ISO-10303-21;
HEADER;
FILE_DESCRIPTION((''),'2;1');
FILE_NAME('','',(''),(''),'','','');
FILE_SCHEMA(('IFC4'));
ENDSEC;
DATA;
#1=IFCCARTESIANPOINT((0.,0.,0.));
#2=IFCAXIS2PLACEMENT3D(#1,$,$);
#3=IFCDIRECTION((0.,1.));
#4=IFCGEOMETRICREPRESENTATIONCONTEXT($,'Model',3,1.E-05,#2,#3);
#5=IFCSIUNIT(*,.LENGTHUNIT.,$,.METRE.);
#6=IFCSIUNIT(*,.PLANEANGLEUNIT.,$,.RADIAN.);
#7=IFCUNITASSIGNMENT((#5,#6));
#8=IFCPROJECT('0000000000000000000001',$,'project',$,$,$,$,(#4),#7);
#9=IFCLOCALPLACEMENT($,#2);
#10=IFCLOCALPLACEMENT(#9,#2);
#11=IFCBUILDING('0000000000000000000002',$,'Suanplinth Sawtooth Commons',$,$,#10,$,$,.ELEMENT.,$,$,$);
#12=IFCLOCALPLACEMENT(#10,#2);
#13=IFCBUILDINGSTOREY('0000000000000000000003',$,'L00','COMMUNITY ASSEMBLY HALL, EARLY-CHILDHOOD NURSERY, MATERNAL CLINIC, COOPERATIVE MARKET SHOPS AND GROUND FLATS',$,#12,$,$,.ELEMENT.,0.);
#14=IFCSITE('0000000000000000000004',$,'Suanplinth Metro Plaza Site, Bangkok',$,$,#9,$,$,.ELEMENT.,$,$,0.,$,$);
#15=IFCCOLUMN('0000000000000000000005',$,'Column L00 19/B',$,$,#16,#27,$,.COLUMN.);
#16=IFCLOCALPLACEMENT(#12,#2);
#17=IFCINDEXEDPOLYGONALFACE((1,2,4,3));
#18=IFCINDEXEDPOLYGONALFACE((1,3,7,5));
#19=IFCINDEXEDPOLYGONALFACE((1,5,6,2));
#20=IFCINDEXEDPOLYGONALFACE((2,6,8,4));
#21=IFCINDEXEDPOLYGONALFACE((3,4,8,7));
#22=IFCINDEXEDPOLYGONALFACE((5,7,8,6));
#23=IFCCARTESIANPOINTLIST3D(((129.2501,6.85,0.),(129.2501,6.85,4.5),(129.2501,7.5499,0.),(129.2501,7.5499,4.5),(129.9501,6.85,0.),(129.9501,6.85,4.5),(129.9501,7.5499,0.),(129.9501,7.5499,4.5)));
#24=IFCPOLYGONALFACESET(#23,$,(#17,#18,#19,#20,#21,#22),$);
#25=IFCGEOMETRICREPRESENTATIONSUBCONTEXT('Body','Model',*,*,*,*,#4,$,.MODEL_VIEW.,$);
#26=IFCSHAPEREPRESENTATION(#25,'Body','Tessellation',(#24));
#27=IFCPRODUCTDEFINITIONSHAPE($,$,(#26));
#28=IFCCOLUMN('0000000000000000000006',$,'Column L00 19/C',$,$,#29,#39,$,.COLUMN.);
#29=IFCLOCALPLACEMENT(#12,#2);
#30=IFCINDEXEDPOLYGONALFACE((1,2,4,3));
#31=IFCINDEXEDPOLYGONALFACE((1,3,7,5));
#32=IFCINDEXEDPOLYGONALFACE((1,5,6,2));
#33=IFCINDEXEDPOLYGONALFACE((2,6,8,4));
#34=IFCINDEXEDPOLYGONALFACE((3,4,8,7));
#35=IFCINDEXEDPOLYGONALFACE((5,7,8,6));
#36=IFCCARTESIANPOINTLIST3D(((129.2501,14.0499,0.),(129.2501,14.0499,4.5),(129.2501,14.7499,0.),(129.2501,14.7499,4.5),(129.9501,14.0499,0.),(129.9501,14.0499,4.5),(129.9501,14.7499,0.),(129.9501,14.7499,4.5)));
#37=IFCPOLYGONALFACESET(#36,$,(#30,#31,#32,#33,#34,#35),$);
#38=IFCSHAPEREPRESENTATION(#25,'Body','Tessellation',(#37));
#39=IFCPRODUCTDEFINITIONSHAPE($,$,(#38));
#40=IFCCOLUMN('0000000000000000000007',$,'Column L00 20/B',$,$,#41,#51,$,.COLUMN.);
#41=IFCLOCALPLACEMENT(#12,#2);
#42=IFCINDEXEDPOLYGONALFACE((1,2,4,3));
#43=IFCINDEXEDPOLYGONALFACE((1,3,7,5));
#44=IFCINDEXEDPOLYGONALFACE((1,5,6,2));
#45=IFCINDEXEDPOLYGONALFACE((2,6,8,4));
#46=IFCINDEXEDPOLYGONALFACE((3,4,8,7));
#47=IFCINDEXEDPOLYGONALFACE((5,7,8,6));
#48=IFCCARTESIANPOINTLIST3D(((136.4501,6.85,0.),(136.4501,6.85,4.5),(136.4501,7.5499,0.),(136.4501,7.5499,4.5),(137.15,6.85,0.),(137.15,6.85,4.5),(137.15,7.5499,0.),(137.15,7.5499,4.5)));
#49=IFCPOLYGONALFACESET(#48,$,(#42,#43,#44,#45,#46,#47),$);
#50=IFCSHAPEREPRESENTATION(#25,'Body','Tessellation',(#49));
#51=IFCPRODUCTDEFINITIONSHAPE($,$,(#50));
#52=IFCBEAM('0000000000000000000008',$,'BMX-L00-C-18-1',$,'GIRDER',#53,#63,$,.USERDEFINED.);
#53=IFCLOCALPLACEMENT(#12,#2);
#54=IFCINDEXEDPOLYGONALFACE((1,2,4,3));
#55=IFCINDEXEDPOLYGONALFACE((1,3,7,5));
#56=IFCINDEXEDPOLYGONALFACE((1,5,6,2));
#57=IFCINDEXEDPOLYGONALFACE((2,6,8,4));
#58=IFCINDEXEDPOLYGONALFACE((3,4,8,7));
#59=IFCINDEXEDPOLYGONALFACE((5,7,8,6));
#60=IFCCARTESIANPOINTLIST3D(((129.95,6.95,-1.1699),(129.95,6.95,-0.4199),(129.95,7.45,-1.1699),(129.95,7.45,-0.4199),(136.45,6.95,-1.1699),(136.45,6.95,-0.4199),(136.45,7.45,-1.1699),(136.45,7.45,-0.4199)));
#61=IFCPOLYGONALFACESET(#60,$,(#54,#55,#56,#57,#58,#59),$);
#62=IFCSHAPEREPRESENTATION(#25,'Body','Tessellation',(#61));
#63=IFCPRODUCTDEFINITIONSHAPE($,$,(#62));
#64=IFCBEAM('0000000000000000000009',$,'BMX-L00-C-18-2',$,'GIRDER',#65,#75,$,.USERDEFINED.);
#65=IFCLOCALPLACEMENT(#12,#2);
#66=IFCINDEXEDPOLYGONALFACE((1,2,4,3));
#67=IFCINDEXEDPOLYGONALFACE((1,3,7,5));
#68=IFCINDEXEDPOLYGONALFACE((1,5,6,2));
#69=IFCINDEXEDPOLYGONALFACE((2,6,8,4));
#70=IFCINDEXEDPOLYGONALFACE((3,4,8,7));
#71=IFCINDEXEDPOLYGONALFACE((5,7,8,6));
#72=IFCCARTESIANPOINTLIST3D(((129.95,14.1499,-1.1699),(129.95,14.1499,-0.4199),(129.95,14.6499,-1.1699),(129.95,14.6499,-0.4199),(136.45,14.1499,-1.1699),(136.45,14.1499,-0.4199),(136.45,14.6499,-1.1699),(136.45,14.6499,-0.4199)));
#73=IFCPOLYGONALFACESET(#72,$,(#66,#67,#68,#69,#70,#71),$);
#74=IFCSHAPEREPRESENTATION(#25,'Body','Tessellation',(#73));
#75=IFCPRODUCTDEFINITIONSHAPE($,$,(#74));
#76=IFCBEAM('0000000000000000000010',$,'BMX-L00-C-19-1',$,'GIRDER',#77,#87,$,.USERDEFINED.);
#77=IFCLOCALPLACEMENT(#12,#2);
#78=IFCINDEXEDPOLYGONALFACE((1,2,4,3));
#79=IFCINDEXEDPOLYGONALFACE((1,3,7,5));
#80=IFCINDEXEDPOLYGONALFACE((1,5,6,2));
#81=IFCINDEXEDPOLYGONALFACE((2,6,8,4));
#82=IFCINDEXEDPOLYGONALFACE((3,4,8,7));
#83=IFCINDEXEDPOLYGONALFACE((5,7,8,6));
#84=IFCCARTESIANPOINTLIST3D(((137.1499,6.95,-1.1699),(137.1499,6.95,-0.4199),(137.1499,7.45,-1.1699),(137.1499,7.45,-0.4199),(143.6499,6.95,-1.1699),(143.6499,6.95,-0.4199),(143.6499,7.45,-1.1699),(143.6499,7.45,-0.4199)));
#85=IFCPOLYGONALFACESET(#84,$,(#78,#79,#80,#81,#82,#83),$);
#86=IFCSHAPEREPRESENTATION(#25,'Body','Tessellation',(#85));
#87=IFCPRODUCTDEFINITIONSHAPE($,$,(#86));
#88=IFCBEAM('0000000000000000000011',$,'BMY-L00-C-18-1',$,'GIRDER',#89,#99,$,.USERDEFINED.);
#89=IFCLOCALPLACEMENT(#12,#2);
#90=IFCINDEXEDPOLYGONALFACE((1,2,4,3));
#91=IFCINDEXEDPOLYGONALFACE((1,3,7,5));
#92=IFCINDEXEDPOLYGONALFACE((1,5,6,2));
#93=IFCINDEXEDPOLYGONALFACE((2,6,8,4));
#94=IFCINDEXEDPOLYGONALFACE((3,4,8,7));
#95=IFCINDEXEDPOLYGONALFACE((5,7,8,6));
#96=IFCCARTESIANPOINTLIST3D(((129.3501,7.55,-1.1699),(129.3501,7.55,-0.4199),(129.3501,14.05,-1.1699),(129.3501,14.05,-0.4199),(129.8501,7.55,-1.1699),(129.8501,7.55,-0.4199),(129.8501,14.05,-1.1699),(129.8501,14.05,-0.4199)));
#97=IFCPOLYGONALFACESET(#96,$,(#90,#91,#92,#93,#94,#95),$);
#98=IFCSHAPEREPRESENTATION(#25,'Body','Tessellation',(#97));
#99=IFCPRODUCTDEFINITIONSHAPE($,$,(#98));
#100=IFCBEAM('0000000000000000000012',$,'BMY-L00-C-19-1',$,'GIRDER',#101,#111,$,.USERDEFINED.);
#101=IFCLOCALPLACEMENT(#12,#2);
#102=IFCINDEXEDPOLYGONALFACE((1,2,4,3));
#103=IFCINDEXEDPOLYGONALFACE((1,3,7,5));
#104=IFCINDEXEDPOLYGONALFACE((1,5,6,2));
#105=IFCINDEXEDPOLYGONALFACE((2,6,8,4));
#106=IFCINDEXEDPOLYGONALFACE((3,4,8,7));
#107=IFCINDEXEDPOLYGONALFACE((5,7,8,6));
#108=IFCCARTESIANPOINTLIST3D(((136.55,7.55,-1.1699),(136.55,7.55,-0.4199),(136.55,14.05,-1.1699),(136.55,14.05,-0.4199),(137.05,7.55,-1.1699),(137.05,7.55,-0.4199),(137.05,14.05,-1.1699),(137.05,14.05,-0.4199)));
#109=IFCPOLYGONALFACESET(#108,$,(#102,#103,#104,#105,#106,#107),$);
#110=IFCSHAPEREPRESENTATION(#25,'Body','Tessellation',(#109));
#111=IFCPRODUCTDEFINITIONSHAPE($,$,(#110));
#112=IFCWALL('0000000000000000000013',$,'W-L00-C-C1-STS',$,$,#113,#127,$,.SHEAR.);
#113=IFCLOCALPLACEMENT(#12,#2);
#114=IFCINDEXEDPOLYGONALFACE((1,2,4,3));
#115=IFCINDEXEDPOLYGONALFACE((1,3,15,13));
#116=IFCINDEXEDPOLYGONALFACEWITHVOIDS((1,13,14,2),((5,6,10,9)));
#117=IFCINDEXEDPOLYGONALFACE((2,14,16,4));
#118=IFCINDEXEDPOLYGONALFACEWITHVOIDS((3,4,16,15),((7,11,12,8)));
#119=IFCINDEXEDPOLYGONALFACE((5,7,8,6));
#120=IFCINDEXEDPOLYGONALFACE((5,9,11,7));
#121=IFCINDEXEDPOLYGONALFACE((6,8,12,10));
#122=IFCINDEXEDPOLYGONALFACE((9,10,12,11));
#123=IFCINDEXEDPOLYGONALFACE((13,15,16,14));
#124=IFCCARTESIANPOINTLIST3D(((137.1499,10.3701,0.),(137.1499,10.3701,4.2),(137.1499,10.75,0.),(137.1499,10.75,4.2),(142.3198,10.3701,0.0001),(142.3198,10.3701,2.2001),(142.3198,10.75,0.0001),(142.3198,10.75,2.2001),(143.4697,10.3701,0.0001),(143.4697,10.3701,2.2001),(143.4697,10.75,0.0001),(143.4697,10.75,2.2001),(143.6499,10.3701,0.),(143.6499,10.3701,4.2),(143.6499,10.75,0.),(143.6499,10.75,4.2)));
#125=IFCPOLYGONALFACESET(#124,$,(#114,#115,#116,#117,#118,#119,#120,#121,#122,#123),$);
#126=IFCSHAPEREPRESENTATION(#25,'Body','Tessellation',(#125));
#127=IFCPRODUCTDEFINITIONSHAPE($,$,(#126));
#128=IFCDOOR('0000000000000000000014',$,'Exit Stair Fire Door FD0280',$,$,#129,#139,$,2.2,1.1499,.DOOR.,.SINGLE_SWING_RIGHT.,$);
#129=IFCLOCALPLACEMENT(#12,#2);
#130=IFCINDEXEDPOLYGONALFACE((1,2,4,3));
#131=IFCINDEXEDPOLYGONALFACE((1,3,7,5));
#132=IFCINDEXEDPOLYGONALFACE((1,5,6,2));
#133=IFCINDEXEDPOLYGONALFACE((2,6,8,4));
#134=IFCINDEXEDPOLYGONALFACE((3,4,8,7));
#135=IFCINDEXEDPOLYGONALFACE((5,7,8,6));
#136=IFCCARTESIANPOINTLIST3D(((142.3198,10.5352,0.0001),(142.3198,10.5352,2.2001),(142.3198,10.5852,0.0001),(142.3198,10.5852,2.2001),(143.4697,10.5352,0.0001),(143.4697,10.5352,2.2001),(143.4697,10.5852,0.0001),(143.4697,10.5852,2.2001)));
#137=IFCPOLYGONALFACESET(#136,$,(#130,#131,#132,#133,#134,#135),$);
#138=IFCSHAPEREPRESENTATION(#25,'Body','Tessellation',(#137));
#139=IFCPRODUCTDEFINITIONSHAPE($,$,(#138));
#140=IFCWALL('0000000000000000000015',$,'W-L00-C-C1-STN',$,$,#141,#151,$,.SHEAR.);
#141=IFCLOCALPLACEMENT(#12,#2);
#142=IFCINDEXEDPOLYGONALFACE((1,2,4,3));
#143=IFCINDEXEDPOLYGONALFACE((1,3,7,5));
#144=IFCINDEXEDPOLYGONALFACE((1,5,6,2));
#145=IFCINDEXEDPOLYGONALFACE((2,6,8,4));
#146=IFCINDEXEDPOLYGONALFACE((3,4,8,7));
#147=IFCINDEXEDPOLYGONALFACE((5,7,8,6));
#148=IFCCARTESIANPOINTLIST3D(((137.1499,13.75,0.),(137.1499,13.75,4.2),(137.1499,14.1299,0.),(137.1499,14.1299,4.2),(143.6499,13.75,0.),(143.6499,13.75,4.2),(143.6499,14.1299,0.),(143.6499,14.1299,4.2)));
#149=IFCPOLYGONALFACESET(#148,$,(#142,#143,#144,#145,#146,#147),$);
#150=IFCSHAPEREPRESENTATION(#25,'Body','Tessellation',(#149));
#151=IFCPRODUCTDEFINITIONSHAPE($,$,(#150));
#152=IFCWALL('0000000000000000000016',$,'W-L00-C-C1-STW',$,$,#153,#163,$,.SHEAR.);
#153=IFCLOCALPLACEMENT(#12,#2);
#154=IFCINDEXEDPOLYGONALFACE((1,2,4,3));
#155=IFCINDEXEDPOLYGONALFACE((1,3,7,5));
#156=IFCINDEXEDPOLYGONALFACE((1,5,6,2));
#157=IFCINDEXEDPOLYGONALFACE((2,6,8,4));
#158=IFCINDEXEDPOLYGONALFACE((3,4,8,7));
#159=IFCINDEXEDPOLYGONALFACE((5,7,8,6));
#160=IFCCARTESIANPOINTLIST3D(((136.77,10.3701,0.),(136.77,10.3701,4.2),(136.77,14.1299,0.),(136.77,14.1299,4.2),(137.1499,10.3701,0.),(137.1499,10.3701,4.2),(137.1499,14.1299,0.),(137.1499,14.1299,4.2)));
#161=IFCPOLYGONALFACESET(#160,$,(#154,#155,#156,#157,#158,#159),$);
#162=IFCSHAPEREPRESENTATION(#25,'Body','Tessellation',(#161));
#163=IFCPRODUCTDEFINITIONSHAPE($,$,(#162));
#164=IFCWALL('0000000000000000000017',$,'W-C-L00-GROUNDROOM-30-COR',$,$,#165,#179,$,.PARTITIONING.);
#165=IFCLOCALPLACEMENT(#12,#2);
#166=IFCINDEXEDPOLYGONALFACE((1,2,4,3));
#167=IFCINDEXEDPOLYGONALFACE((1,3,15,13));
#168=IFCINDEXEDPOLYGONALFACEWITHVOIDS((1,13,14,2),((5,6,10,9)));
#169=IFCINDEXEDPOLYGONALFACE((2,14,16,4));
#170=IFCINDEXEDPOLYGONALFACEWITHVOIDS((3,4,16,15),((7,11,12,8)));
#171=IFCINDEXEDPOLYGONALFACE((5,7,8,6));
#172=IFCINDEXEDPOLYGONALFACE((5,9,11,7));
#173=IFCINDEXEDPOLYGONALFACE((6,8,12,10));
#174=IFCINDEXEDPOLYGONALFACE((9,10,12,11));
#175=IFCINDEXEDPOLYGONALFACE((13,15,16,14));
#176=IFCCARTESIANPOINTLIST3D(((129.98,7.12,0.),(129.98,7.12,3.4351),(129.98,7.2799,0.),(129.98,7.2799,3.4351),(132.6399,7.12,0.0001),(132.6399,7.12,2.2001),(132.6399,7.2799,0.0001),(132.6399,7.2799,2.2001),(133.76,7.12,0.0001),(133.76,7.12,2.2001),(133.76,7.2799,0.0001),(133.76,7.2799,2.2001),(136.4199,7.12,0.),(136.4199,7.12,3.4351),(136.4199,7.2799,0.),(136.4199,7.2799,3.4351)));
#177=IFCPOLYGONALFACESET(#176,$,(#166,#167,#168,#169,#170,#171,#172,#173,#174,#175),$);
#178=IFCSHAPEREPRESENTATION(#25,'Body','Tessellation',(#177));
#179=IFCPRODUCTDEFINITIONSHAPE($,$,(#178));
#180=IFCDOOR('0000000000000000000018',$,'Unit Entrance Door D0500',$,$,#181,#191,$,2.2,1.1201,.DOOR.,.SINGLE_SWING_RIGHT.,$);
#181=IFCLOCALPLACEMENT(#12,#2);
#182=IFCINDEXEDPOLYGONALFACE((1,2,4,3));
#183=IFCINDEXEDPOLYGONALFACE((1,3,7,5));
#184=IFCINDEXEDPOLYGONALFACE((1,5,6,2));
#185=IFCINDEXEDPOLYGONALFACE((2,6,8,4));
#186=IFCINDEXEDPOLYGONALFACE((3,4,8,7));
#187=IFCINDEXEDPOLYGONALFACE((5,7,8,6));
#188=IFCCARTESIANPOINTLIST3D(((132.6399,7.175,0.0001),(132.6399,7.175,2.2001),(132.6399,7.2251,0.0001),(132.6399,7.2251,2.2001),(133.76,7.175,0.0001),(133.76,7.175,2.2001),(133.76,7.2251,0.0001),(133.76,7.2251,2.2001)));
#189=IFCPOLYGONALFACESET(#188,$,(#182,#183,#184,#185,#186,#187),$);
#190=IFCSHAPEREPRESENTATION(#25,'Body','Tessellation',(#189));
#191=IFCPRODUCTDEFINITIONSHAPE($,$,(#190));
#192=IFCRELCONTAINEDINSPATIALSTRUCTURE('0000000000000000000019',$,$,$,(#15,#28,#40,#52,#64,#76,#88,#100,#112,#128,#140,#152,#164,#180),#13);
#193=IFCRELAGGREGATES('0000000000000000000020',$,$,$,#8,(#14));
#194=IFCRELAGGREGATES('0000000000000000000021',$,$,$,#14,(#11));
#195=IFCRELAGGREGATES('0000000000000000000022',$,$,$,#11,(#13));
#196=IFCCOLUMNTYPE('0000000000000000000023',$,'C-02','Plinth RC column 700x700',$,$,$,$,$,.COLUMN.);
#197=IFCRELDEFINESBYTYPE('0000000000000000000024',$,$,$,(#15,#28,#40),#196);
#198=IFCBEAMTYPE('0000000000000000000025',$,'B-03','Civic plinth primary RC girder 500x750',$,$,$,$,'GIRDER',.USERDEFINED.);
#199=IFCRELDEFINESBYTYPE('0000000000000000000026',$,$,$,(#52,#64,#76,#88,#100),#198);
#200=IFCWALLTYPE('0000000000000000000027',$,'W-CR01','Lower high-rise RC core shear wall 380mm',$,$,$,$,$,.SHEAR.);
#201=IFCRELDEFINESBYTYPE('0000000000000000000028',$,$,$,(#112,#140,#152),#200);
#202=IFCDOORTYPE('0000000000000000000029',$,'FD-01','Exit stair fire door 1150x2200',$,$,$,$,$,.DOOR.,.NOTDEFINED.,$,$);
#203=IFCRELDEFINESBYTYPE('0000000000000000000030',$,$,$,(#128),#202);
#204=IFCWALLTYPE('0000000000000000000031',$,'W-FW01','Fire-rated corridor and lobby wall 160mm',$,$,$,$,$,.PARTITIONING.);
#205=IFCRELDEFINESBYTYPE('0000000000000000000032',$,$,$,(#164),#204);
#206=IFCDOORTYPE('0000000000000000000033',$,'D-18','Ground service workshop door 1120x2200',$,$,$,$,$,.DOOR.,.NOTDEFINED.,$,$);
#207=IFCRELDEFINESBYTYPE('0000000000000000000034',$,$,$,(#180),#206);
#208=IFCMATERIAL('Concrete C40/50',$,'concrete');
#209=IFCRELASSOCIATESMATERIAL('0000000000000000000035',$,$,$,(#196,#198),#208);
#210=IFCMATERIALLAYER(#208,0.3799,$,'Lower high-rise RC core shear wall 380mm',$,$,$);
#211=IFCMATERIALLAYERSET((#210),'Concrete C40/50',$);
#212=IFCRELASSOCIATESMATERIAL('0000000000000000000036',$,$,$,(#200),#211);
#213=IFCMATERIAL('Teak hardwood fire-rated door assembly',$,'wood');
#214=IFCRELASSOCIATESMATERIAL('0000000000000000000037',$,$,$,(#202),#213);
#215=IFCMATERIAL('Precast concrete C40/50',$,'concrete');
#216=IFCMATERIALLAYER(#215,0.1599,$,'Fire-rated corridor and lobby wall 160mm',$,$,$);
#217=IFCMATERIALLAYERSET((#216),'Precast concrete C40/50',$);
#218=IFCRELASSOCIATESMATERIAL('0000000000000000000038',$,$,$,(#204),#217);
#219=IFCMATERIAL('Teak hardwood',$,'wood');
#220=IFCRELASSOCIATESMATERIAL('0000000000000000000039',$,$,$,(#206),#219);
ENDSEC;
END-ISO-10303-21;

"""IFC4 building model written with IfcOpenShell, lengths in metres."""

from ifc_helpers import new_model, si_unit, direction, frame, frame_2d, origin, origin_2d, place, context, subcontext, project, spatial, rectangle, extrude, material, layer, layer_set, material_profile, profile_set, type_object, element, fill, save


model = new_model("IFC4")

# Units and contexts
model_context = context("Model", 3, precision=1e-05, world=origin(), true_north=direction((0.0, 1.0)))
body_context = subcontext(model_context, "Body", "Model", "MODEL_VIEW")
ifc_project = project(units=[si_unit("LENGTHUNIT", "METRE"), si_unit("PLANEANGLEUNIT", "RADIAN")], contexts=[model_context])

# Site, building, storey
site_placement = place(None, origin())
site = spatial("IfcSite", under=ifc_project, at=site_placement, Name="Suanplinth Metro Plaza Site, Bangkok", CompositionType="ELEMENT", RefElevation=0.0)
building_placement = place(site_placement, origin())
building = spatial("IfcBuilding", under=site, at=building_placement, Name="Suanplinth Sawtooth Commons", CompositionType="ELEMENT")
storey_placement = place(building_placement, origin())
storey = spatial("IfcBuildingStorey", under=building, at=storey_placement, Name="L00", Description="COMMUNITY ASSEMBLY HALL, EARLY-CHILDHOOD NURSERY, MATERNAL CLINIC, COOPERATIVE MARKET SHOPS AND GROUND FLATS", CompositionType="ELEMENT", Elevation=0.0)

# Columns
ifc_material_1 = material(Name="Concrete C40/50", Category="concrete")
ifc_material_profile_1 = material_profile(ifc_material_1, rectangle(XDim=0.7, YDim=0.7, at=origin_2d()), Name="RC-COL 700x700")
ifc_profile_set_1 = profile_set([ifc_material_profile_1], Name="Concrete C40/50")
column_type = type_object("IfcColumnType", Name="C-02", Description="Plinth RC column 700x700", PredefinedType="COLUMN", material=ifc_profile_set_1)
for number, where, z_axis, x_axis, name in (
    (1, (129.6001, 7.2, 0.0), (0.0, 0.0, 1.0), (1.0, 0.0, 0.0), "Column L00 19/B"),
    (2, (129.6001, 14.3999, 0.0), (0.0, 0.0, 1.0), (1.0, 0.0, 0.0), "Column L00 19/C"),
    (3, (136.8, 7.2, 0.0), (0.0, 0.0, 1.0), (1.0, 0.0, 0.0), "Column L00 20/B"),
):
    element("IfcColumn", number, at=place(storey_placement, frame(where, z_axis=z_axis, x_axis=x_axis)), inside=storey, type_object=column_type, Name=name, PredefinedType="COLUMN", context=body_context, shape_type="SweptSolid", body=[
        extrude(rectangle(XDim=0.7, YDim=0.7, at=origin_2d()), origin(), (0.0, 0.0, 1.0), 4.5),
    ])

# Beams
ifc_material_profile_2 = material_profile(ifc_material_1, rectangle(XDim=0.5, YDim=0.75, at=origin_2d()), Name="RC-GDR 500x750")
ifc_profile_set_2 = profile_set([ifc_material_profile_2], Name="Concrete C40/50")
beam_type = type_object("IfcBeamType", Name="B-03", Description="Civic plinth primary RC girder 500x750", ElementType="GIRDER", PredefinedType="USERDEFINED", material=ifc_profile_set_2)
for number, where, z_axis, x_axis, name in (
    (4, (129.95, 7.2, -0.7949), (1.0, 0.0, 0.0), (0.0, 1.0, 0.0), "BMX-L00-C-18-1"),
    (5, (129.95, 14.3999, -0.7949), (1.0, 0.0, 0.0), (0.0, 1.0, 0.0), "BMX-L00-C-18-2"),
    (6, (137.1499, 7.2, -0.7949), (1.0, 0.0, 0.0), (0.0, 1.0, 0.0), "BMX-L00-C-19-1"),
    (7, (129.6001, 7.55, -0.7949), (0.0, 1.0, 0.0), (-1.0, 0.0, 0.0), "BMY-L00-C-18-1"),
    (8, (136.8, 7.55, -0.7949), (0.0, 1.0, 0.0), (-1.0, 0.0, 0.0), "BMY-L00-C-19-1"),
):
    element("IfcBeam", number, at=place(storey_placement, frame(where, z_axis=z_axis, x_axis=x_axis)), inside=storey, type_object=beam_type, Name=name, ObjectType="GIRDER", PredefinedType="USERDEFINED", context=body_context, shape_type="SweptSolid", body=[
        extrude(rectangle(XDim=0.5, YDim=0.75, at=origin_2d()), origin(), (0.0, 0.0, 1.0), 6.5),
    ])

# Wall, opening, door
ifc_layer_1 = layer(ifc_material_1, 0.3799, Name="Lower high-rise RC core shear wall 380mm")
ifc_layer_set_1 = layer_set([ifc_layer_1], Name="Concrete C40/50")
wall_type_1 = type_object("IfcWallType", Name="W-CR01", Description="Lower high-rise RC core shear wall 380mm", PredefinedType="SHEAR", material=ifc_layer_set_1)
wall_1_placement = place(storey_placement, frame((137.1499, 10.5601, 0.0), z_axis=(0.0, 0.0, 1.0), x_axis=(1.0, 0.0, 0.0)))
wall_1 = element("IfcWall", 9, at=wall_1_placement, inside=storey, type_object=wall_type_1, Name="W-L00-C-C1-STS", PredefinedType="SHEAR", context=body_context, shape_type="SweptSolid", body=[
    extrude(rectangle(XDim=6.5, YDim=0.3799, at=frame_2d((3.25, 0.0))), origin(), (0.0, 0.0, 1.0), 4.2),
])
opening_1_placement = place(wall_1_placement, frame((5.1699, 0.0, 0.0)))
opening_1 = element("IfcOpeningElement", 10, at=opening_1_placement, cuts=wall_1, PredefinedType="OPENING", context=body_context, shape_type="SweptSolid", body=[
    extrude(rectangle(XDim=1.1499, YDim=2.2, at=frame_2d((0.575, 1.1001))), frame((0.0, 0.2048, 0.0), z_axis=(0.0, -1.0, 0.0), x_axis=(1.0, 0.0, 0.0)), (0.0, 0.0, 1.0), 0.4097),
])
ifc_material_2 = material(Name="Teak hardwood fire-rated door assembly", Category="wood")
door_type_1 = type_object("IfcDoorType", Name="FD-01", Description="Exit stair fire door 1150x2200", OperationType="NOTDEFINED", PredefinedType="DOOR", material=ifc_material_2)
door_1_placement = place(opening_1_placement, frame((1.1499, 0.0, 0.0), z_axis=(0.0, 0.0, 1.0), x_axis=(-1.0, 0.0, 0.0)))
door_1 = element("IfcDoor", 11, at=door_1_placement, inside=storey, type_object=door_type_1, Name="Exit Stair Fire Door FD0280", OperationType="SINGLE_SWING_RIGHT", OverallHeight=2.2, OverallWidth=1.1499, PredefinedType="DOOR", context=body_context, shape_type="SweptSolid", body=[
    extrude(rectangle(XDim=1.1499, YDim=2.2, at=frame_2d((0.575, 1.1001))), frame((0.0, 0.0249, 0.0), z_axis=(0.0, -1.0, 0.0), x_axis=(1.0, 0.0, 0.0)), (0.0, 0.0, 1.0), 0.05),
])
fill(opening_1, door_1)

# Walls
wall_2_placement = place(storey_placement, frame((137.1499, 13.9399, 0.0), z_axis=(0.0, 0.0, 1.0), x_axis=(1.0, 0.0, 0.0)))
element("IfcWall", 12, at=wall_2_placement, inside=storey, type_object=wall_type_1, Name="W-L00-C-C1-STN", PredefinedType="SHEAR", context=body_context, shape_type="SweptSolid", body=[
    extrude(rectangle(XDim=6.5, YDim=0.3799, at=frame_2d((3.25, 0.0))), origin(), (0.0, 0.0, 1.0), 4.2),
])
wall_3_placement = place(storey_placement, frame((136.96, 10.3701, 0.0), z_axis=(0.0, 0.0, 1.0), x_axis=(0.0, 1.0, 0.0)))
element("IfcWall", 13, at=wall_3_placement, inside=storey, type_object=wall_type_1, Name="W-L00-C-C1-STW", PredefinedType="SHEAR", context=body_context, shape_type="SweptSolid", body=[
    extrude(rectangle(XDim=3.7598, YDim=0.3799, at=frame_2d((1.8799, 0.0))), origin(), (0.0, 0.0, 1.0), 4.2),
])

# Wall, opening, door
ifc_material_3 = material(Name="Precast concrete C40/50", Category="concrete")
ifc_layer_2 = layer(ifc_material_3, 0.1599, Name="Fire-rated corridor and lobby wall 160mm")
ifc_layer_set_2 = layer_set([ifc_layer_2], Name="Precast concrete C40/50")
wall_type_2 = type_object("IfcWallType", Name="W-FW01", Description="Fire-rated corridor and lobby wall 160mm", PredefinedType="PARTITIONING", material=ifc_layer_set_2)
wall_4_placement = place(storey_placement, frame((129.98, 7.2, 0.0), z_axis=(0.0, 0.0, 1.0), x_axis=(1.0, 0.0, 0.0)))
wall_4 = element("IfcWall", 14, at=wall_4_placement, inside=storey, type_object=wall_type_2, Name="W-C-L00-GROUNDROOM-30-COR", PredefinedType="PARTITIONING", context=body_context, shape_type="SweptSolid", body=[
    extrude(rectangle(XDim=6.4399, YDim=0.1599, at=frame_2d((3.22, 0.0))), origin(), (0.0, 0.0, 1.0), 3.4351),
])
opening_2_placement = place(wall_4_placement, frame((2.6599, 0.0, 0.0)))
opening_2 = element("IfcOpeningElement", 15, at=opening_2_placement, cuts=wall_4, PredefinedType="OPENING", context=body_context, shape_type="SweptSolid", body=[
    extrude(rectangle(XDim=1.1201, YDim=2.2, at=frame_2d((0.5601, 1.1001))), frame((0.0, 0.0947, 0.0), z_axis=(0.0, -1.0, 0.0), x_axis=(1.0, 0.0, 0.0)), (0.0, 0.0, 1.0), 0.1897),
])
ifc_material_4 = material(Name="Teak hardwood", Category="wood")
door_type_2 = type_object("IfcDoorType", Name="D-18", Description="Ground service workshop door 1120x2200", OperationType="NOTDEFINED", PredefinedType="DOOR", material=ifc_material_4)
door_2_placement = place(opening_2_placement, frame((1.1201, 0.0, 0.0), z_axis=(0.0, 0.0, 1.0), x_axis=(-1.0, 0.0, 0.0)))
door_2 = element("IfcDoor", 16, at=door_2_placement, inside=storey, type_object=door_type_2, Name="Unit Entrance Door D0500", OperationType="SINGLE_SWING_RIGHT", OverallHeight=2.2, OverallWidth=1.1201, PredefinedType="DOOR", context=body_context, shape_type="SweptSolid", body=[
    extrude(rectangle(XDim=1.1201, YDim=2.2, at=frame_2d((0.5601, 1.1001))), frame((0.0, 0.0249, 0.0), z_axis=(0.0, -1.0, 0.0), x_axis=(1.0, 0.0, 0.0)), (0.0, 0.0, 1.0), 0.05),
])
fill(opening_2, door_2)

save(model, "model.ifc")
